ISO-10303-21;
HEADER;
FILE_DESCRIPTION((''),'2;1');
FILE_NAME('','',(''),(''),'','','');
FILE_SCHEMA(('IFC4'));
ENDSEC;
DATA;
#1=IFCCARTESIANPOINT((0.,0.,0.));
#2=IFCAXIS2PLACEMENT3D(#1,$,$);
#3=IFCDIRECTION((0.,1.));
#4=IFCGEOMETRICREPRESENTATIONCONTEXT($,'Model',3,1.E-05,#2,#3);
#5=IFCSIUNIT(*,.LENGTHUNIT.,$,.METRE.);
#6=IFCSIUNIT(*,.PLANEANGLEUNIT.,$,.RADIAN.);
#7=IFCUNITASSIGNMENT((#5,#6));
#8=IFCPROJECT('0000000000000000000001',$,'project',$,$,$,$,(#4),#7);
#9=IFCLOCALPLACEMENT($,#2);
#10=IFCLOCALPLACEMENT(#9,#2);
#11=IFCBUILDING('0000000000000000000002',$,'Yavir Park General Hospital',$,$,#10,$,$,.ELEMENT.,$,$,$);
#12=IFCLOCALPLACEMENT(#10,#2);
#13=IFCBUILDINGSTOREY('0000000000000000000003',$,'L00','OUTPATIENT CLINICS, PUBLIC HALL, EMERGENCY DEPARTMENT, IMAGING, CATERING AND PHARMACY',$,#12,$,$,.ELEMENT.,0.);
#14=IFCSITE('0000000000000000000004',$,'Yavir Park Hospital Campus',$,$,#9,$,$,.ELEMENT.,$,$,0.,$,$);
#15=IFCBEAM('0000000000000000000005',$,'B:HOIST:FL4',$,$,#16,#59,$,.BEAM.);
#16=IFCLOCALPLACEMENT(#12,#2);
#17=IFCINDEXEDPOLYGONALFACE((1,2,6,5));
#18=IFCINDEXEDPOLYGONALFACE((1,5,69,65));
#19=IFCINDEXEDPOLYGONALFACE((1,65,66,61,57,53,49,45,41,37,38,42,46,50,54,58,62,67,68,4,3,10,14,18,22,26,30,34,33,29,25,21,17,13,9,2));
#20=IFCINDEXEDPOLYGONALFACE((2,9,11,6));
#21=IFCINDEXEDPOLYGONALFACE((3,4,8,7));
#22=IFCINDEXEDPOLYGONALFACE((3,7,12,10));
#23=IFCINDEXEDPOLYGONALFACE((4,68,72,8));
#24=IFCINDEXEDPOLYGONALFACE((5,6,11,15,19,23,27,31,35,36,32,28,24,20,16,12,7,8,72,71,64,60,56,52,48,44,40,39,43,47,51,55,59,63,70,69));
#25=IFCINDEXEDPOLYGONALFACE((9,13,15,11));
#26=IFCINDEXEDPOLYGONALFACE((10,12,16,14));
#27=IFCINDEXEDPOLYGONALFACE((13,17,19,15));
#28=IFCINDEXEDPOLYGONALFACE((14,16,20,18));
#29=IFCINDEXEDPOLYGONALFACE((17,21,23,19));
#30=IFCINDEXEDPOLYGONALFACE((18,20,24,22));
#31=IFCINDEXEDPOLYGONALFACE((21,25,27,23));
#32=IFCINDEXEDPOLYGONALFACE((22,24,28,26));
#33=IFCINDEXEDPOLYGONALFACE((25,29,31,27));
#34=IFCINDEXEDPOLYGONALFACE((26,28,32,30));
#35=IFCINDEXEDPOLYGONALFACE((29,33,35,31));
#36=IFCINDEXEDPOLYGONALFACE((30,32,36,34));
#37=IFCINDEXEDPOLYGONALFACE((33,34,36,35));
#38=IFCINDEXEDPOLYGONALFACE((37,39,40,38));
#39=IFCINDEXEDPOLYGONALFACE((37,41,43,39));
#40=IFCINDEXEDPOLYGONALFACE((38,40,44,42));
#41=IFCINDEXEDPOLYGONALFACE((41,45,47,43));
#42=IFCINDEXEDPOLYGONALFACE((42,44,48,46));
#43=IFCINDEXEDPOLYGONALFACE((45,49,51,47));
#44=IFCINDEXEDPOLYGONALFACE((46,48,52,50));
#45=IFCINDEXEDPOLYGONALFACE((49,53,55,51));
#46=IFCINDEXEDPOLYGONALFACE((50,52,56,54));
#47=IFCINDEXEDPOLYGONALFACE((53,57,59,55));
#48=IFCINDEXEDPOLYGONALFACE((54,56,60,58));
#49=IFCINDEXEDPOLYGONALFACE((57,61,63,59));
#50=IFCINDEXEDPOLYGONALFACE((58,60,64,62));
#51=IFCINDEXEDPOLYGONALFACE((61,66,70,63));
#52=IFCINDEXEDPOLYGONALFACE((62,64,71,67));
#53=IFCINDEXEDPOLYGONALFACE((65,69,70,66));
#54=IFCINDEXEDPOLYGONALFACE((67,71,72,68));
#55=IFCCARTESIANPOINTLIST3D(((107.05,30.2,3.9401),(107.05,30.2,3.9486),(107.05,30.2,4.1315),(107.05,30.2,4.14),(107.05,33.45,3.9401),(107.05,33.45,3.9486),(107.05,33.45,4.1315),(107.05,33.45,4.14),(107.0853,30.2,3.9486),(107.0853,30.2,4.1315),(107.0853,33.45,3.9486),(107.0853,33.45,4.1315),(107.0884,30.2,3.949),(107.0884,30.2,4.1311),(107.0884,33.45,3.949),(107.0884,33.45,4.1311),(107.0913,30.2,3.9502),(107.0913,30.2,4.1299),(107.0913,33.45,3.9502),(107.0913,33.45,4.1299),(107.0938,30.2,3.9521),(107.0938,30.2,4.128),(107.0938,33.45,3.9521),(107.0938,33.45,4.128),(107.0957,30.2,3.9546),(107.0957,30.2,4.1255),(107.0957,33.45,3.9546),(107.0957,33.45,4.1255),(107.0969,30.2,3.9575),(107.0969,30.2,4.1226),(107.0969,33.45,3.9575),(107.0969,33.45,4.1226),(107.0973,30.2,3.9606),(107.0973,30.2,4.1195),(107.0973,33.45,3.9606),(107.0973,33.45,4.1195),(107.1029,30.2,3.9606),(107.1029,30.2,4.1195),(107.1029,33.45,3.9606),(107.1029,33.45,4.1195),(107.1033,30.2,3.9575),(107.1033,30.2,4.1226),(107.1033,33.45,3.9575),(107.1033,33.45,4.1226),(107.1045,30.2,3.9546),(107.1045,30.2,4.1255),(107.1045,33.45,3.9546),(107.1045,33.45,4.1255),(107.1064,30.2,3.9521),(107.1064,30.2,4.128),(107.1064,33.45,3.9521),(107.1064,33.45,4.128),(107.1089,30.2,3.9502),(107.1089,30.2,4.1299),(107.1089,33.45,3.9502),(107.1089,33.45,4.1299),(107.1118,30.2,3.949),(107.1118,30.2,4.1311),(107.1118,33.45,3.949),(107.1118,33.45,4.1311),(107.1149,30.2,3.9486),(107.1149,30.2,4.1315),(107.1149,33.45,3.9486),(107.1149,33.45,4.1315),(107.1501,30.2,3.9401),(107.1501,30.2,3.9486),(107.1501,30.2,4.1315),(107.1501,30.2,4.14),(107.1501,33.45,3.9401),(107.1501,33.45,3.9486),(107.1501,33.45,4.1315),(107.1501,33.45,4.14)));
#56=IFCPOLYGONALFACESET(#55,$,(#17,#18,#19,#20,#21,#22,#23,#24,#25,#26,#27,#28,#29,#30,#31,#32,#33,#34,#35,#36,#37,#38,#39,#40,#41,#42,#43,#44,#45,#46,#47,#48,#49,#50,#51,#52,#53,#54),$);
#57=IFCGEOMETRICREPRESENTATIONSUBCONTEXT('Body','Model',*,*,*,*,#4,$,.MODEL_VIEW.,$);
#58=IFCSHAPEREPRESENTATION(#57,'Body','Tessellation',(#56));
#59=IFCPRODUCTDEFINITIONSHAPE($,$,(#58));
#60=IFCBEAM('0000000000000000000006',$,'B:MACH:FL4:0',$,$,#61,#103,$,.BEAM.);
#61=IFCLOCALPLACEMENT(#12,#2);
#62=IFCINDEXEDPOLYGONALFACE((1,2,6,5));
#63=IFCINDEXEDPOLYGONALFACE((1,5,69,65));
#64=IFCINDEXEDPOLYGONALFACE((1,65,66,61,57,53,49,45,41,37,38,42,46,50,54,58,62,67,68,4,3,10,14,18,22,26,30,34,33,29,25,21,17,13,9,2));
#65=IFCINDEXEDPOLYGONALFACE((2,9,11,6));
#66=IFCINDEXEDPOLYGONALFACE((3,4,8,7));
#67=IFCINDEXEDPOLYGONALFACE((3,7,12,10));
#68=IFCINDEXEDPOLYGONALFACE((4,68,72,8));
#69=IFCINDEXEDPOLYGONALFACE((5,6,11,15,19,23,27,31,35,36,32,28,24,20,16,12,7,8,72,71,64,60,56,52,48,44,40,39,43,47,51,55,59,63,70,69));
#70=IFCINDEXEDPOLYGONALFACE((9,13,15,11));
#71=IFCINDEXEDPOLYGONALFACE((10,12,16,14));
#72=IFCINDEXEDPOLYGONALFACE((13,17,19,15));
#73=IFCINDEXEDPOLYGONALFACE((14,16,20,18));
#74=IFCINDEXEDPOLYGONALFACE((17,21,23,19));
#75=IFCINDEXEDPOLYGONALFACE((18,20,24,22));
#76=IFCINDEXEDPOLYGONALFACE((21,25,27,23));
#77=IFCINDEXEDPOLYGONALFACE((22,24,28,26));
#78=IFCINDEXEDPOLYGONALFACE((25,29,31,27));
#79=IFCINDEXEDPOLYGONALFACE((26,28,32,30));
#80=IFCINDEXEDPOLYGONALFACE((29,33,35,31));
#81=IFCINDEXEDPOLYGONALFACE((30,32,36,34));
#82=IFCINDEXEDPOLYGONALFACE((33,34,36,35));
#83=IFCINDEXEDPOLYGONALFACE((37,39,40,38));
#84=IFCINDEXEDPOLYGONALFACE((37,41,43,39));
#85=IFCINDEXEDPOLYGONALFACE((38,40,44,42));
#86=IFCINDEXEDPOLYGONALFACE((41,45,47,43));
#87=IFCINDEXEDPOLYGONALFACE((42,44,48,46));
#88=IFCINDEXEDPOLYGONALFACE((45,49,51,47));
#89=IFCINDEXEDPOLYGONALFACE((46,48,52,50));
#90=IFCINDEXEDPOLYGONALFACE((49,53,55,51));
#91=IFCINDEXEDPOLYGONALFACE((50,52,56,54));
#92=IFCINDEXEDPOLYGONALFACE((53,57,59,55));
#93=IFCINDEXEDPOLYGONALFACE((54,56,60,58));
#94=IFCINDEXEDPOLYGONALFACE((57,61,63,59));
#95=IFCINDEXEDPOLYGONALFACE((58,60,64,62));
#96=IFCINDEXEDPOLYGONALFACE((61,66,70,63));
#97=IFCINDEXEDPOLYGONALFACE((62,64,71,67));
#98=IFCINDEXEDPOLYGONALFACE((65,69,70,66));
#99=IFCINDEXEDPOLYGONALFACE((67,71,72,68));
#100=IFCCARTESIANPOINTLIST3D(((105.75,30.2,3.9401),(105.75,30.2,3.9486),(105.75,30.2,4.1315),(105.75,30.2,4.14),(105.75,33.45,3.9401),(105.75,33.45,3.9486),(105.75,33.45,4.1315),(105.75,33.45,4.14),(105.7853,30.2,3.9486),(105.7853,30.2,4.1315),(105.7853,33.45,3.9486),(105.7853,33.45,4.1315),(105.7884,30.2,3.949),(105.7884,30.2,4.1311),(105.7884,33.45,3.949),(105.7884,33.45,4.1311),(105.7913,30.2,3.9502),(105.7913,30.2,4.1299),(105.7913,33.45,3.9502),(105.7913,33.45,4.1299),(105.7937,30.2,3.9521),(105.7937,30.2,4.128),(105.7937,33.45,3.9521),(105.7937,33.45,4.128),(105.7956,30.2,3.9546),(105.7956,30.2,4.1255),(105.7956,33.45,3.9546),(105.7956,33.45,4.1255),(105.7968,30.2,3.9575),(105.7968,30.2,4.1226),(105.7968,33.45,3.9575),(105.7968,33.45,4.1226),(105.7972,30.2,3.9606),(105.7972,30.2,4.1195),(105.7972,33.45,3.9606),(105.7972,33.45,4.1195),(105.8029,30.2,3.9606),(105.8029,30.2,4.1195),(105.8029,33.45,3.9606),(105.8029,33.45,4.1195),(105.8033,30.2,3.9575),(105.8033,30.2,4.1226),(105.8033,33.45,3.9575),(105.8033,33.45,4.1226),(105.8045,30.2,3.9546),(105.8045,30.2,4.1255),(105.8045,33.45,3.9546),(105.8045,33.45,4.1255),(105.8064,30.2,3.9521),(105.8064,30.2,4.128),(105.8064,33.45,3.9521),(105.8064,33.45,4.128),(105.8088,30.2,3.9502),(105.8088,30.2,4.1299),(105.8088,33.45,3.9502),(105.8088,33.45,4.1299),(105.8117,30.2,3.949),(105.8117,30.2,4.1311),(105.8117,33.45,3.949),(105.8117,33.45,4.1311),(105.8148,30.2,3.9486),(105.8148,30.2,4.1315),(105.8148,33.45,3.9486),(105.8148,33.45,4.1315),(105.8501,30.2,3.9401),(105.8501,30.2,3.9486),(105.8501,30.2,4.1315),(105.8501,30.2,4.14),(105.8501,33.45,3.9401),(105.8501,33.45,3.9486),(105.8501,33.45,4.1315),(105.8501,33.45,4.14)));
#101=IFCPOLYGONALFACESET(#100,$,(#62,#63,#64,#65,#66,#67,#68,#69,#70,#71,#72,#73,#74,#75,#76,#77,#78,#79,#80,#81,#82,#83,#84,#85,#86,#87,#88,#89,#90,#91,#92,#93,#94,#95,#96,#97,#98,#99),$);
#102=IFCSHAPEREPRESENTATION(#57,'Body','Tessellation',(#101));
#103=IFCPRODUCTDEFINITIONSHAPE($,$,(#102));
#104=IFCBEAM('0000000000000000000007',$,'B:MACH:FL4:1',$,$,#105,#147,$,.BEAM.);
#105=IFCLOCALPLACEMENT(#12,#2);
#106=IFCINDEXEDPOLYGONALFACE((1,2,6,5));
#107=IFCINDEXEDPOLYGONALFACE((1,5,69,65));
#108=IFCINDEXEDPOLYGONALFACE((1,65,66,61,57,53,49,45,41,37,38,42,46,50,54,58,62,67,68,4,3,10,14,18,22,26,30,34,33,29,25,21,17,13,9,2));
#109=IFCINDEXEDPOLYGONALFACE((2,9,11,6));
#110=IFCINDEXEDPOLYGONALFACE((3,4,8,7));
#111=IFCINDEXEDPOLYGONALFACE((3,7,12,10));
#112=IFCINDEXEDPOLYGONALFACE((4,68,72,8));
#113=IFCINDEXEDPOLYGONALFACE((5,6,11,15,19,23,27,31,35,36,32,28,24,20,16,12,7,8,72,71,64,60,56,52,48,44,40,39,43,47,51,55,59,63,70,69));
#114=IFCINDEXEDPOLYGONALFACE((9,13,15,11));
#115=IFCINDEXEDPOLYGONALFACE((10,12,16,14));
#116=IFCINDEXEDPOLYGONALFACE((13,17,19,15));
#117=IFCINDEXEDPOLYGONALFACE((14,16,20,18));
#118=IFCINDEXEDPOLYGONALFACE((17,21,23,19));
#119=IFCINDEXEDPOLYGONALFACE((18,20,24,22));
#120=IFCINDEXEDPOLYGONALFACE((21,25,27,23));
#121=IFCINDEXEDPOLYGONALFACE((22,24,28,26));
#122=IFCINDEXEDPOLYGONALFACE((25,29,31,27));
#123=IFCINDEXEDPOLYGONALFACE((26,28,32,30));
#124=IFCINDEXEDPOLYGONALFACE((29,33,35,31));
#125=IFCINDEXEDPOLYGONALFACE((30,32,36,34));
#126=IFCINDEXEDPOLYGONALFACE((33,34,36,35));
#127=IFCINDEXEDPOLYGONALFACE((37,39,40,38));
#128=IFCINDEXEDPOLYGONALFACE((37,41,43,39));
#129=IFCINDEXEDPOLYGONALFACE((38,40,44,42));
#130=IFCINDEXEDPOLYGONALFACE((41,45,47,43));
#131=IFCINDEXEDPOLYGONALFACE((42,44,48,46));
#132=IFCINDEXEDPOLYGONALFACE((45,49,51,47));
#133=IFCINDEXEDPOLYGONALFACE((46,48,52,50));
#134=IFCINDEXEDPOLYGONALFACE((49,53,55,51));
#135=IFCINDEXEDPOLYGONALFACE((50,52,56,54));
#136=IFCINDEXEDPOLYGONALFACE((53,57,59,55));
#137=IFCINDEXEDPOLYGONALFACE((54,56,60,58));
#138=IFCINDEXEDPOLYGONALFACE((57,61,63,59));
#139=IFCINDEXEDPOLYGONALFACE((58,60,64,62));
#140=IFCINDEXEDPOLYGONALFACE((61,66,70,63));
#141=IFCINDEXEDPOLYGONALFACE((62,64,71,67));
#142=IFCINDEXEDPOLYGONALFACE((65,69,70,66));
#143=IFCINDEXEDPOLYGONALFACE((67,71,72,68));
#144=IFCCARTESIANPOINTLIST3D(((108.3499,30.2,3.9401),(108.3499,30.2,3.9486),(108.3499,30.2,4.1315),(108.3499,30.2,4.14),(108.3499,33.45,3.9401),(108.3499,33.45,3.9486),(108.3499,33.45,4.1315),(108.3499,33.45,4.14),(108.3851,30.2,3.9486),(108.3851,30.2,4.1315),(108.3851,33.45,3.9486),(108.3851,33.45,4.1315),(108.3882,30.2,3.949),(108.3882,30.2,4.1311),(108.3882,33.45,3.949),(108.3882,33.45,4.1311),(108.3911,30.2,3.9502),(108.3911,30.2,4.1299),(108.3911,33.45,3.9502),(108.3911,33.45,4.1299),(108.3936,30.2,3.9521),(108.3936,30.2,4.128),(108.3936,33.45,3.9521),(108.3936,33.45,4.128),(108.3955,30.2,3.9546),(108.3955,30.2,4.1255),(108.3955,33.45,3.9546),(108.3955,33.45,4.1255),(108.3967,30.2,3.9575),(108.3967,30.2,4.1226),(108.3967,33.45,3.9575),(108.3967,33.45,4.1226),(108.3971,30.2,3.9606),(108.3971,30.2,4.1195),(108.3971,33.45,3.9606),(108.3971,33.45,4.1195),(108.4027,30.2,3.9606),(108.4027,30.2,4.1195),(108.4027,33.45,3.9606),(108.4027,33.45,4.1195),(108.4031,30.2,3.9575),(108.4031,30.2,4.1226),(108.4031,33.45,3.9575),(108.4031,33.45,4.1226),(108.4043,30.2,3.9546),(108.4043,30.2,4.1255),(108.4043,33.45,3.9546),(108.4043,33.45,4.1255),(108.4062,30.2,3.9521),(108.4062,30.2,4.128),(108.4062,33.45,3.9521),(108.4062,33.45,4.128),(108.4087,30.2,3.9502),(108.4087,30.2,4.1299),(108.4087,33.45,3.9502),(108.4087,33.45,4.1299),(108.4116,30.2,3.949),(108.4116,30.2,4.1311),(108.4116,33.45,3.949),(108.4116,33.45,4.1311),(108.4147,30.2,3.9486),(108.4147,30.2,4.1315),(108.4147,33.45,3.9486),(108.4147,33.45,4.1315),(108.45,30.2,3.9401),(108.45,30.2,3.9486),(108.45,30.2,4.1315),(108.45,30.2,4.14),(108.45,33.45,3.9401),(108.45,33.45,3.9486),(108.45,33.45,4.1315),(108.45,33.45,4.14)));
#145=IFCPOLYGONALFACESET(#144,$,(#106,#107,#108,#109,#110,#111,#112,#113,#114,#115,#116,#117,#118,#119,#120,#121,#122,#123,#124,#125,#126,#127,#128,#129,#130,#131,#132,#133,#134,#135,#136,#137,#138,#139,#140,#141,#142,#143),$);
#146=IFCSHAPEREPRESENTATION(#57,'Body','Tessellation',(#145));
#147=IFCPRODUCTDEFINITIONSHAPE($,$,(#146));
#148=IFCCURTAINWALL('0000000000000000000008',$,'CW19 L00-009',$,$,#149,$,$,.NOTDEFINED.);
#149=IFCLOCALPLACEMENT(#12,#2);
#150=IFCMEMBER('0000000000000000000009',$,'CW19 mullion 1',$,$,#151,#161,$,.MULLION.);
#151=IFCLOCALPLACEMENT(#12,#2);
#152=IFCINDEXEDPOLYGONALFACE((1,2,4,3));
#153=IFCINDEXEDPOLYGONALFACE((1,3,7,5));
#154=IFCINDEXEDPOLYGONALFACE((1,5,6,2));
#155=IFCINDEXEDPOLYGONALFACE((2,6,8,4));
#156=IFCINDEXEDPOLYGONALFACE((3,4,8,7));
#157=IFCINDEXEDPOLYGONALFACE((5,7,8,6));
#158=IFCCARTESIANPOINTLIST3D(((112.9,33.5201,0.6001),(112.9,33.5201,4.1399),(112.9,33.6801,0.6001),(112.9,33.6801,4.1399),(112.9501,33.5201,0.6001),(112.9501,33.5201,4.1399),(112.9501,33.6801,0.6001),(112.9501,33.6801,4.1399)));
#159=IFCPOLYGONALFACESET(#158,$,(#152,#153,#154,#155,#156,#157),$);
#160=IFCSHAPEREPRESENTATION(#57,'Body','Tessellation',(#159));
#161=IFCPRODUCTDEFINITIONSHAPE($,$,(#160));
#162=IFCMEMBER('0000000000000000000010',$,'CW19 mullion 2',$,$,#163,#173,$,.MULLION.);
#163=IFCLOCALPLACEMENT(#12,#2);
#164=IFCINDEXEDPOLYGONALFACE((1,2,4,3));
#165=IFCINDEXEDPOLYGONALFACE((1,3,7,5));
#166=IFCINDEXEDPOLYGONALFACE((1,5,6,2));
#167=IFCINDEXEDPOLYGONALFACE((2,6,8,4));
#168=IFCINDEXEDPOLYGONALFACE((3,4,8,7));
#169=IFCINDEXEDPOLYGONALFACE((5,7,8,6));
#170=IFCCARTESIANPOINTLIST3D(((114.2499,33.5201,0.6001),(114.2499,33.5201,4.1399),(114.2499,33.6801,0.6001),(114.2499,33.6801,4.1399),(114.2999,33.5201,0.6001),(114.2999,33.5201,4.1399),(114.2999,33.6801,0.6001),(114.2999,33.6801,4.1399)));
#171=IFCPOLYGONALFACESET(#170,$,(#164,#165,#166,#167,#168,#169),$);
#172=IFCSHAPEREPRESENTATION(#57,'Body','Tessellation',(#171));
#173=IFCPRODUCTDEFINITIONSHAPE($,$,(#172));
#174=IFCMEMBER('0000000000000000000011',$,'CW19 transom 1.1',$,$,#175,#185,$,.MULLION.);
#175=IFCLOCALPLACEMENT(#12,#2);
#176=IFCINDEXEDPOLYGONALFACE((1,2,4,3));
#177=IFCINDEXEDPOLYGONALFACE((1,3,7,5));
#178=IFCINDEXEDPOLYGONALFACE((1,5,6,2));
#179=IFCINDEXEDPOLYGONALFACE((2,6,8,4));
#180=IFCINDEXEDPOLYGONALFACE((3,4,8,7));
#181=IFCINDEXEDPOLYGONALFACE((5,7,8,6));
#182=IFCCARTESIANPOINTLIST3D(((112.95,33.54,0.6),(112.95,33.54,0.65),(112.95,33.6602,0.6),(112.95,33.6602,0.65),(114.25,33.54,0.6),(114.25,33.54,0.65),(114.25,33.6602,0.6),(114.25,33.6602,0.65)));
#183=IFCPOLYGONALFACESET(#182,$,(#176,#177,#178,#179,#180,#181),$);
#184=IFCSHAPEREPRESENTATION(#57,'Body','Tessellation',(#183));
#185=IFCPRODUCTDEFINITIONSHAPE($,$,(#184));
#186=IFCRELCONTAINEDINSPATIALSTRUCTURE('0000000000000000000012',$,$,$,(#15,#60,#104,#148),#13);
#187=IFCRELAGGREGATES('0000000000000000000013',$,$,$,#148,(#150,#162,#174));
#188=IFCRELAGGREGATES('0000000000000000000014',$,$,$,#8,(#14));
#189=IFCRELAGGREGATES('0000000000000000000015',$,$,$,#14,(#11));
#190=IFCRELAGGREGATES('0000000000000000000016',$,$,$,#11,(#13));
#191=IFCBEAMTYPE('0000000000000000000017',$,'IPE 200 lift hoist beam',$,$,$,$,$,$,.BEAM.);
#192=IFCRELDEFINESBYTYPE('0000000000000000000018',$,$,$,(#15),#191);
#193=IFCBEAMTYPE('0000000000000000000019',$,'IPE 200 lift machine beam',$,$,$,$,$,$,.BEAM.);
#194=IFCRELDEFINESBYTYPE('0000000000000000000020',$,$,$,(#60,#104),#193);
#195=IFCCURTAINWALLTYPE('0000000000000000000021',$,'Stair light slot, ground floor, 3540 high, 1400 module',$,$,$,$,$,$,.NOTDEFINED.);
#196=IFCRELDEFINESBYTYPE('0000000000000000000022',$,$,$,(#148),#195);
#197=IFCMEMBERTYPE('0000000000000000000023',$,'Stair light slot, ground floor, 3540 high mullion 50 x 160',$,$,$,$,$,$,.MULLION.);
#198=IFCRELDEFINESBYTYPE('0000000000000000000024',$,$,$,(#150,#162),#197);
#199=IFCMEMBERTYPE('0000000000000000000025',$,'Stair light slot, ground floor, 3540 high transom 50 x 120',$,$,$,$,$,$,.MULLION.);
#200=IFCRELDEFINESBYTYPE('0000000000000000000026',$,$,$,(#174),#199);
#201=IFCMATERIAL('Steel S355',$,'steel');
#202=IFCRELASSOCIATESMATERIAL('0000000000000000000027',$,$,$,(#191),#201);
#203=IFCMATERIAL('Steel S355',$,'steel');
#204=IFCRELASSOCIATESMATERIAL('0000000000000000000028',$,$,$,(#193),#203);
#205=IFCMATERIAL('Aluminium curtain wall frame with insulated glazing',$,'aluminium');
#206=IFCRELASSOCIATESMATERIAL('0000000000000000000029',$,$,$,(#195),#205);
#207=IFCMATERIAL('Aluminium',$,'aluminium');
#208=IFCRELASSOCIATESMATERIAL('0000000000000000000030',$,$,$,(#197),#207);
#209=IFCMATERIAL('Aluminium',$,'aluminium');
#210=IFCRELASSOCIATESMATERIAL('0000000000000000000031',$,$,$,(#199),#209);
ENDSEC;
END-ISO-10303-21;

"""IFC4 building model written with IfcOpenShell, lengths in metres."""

from ifc_helpers import new_model, si_unit, direction, frame, origin, origin_2d, place, context, subcontext, project, spatial, rectangle, i_section, extrude, material, material_profile, profile_set, type_object, element, aggregate, save


model = new_model("IFC4")

# Units and contexts
model_context = context("Model", 3, precision=1e-05, world=origin(), true_north=direction((0.0, 1.0)))
body_context = subcontext(model_context, "Body", "Model", "MODEL_VIEW")
ifc_project = project(units=[si_unit("LENGTHUNIT", "METRE"), si_unit("PLANEANGLEUNIT", "RADIAN")], contexts=[model_context])

# Site, building, storey
site_placement = place(None, origin())
site = spatial("IfcSite", under=ifc_project, at=site_placement, Name="Yavir Park Hospital Campus", CompositionType="ELEMENT", RefElevation=0.0)
building_placement = place(site_placement, origin())
building = spatial("IfcBuilding", under=site, at=building_placement, Name="Yavir Park General Hospital", CompositionType="ELEMENT")
storey_placement = place(building_placement, origin())
storey = spatial("IfcBuildingStorey", under=building, at=storey_placement, Name="L00", Description="OUTPATIENT CLINICS, PUBLIC HALL, EMERGENCY DEPARTMENT, IMAGING, CATERING AND PHARMACY", CompositionType="ELEMENT", Elevation=0.0)

# Beams
ifc_material_1 = material(Name="Steel S355", Category="steel")
ifc_material_profile_1 = material_profile(ifc_material_1, i_section(OverallWidth=0.1001, OverallDepth=0.2, WebThickness=0.0056, FlangeThickness=0.0085, FilletRadius=0.012, at=origin_2d()), Name="IPE200")
ifc_profile_set_1 = profile_set([ifc_material_profile_1], Name="Steel S355")
beam_type_1 = type_object("IfcBeamType", Name="IPE 200 lift hoist beam", PredefinedType="BEAM", material=ifc_profile_set_1)
beam_placement = place(storey_placement, frame((107.1001, 30.2, 4.04), z_axis=(0.0, 1.0, 0.0), x_axis=(-1.0, 0.0, 0.0)))
element("IfcBeam", 1, at=beam_placement, inside=storey, type_object=beam_type_1, Name="B:HOIST:FL4", PredefinedType="BEAM", context=body_context, shape_type="SweptSolid", body=[
    extrude(i_section(OverallWidth=0.1001, OverallDepth=0.2, WebThickness=0.0056, FlangeThickness=0.0085, FilletRadius=0.012, at=origin_2d()), origin(), (0.0, 0.0, 1.0), 3.25),
])
ifc_material_2 = material(Name="Steel S355", Category="steel")
ifc_material_profile_2 = material_profile(ifc_material_2, i_section(OverallWidth=0.1001, OverallDepth=0.2, WebThickness=0.0056, FlangeThickness=0.0085, FilletRadius=0.012, at=origin_2d()), Name="IPE200")
ifc_profile_set_2 = profile_set([ifc_material_profile_2], Name="Steel S355")
beam_type_2 = type_object("IfcBeamType", Name="IPE 200 lift machine beam", PredefinedType="BEAM", material=ifc_profile_set_2)
for number, where, z_axis, x_axis, name in (
    (2, (105.8, 30.2, 4.04), (0.0, 1.0, 0.0), (-1.0, 0.0, 0.0), "B:MACH:FL4:0"),
    (3, (108.3999, 30.2, 4.04), (0.0, 1.0, 0.0), (-1.0, 0.0, 0.0), "B:MACH:FL4:1"),
):
    element("IfcBeam", number, at=place(storey_placement, frame(where, z_axis=z_axis, x_axis=x_axis)), inside=storey, type_object=beam_type_2, Name=name, PredefinedType="BEAM", context=body_context, shape_type="SweptSolid", body=[
        extrude(i_section(OverallWidth=0.1001, OverallDepth=0.2, WebThickness=0.0056, FlangeThickness=0.0085, FilletRadius=0.012, at=origin_2d()), origin(), (0.0, 0.0, 1.0), 3.25),
    ])

# Curtain wall, members
ifc_material_3 = material(Name="Aluminium curtain wall frame with insulated glazing", Category="aluminium")
curtain_wall_type = type_object("IfcCurtainWallType", Name="Stair light slot, ground floor, 3540 high, 1400 module", PredefinedType="NOTDEFINED", material=ifc_material_3)
curtain_wall_placement = place(storey_placement, origin())
curtain_wall = element("IfcCurtainWall", 4, at=curtain_wall_placement, inside=storey, type_object=curtain_wall_type, Name="CW19 L00-009", PredefinedType="NOTDEFINED")
ifc_material_4 = material(Name="Aluminium", Category="aluminium")
ifc_material_profile_3 = material_profile(ifc_material_4, rectangle(XDim=0.1599, YDim=0.05, at=origin_2d()), Name="AL 50x160")
ifc_profile_set_3 = profile_set([ifc_material_profile_3], Name="Aluminium")
member_type_1 = type_object("IfcMemberType", Name="Stair light slot, ground floor, 3540 high mullion 50 x 160", PredefinedType="MULLION", material=ifc_profile_set_3)
member_1_placement = place(storey_placement, frame((112.925, 33.6001, 0.6001), z_axis=(0.0, 0.0, 1.0), x_axis=(0.0, 1.0, 0.0)))
member_1 = element("IfcMember", 5, at=member_1_placement, type_object=member_type_1, Name="CW19 mullion 1", PredefinedType="MULLION", context=body_context, shape_type="SweptSolid", body=[
    extrude(rectangle(XDim=0.1599, YDim=0.05, at=origin_2d()), origin(), (0.0, 0.0, 1.0), 3.5398),
])
member_2_placement = place(storey_placement, frame((114.2749, 33.6001, 0.6001), z_axis=(0.0, 0.0, 1.0), x_axis=(0.0, 1.0, 0.0)))
member_2 = element("IfcMember", 6, at=member_2_placement, type_object=member_type_1, Name="CW19 mullion 2", PredefinedType="MULLION", context=body_context, shape_type="SweptSolid", body=[
    extrude(rectangle(XDim=0.1599, YDim=0.05, at=origin_2d()), origin(), (0.0, 0.0, 1.0), 3.5398),
])
ifc_material_5 = material(Name="Aluminium", Category="aluminium")
ifc_material_profile_4 = material_profile(ifc_material_5, rectangle(XDim=0.1201, YDim=0.05, at=origin_2d()), Name="AL 120x50")
ifc_profile_set_4 = profile_set([ifc_material_profile_4], Name="Aluminium")
member_type_2 = type_object("IfcMemberType", Name="Stair light slot, ground floor, 3540 high transom 50 x 120", PredefinedType="MULLION", material=ifc_profile_set_4)
member_3_placement = place(storey_placement, frame((112.95, 33.6001, 0.625), z_axis=(1.0, 0.0, 0.0), x_axis=(0.0, 1.0, 0.0)))
member_3 = element("IfcMember", 7, at=member_3_placement, type_object=member_type_2, Name="CW19 transom 1.1", PredefinedType="MULLION", context=body_context, shape_type="SweptSolid", body=[
    extrude(rectangle(XDim=0.1201, YDim=0.05, at=origin_2d()), origin(), (0.0, 0.0, 1.0), 1.3),
])
aggregate(curtain_wall, [member_1, member_2, member_3])

save(model, "model.ifc")
